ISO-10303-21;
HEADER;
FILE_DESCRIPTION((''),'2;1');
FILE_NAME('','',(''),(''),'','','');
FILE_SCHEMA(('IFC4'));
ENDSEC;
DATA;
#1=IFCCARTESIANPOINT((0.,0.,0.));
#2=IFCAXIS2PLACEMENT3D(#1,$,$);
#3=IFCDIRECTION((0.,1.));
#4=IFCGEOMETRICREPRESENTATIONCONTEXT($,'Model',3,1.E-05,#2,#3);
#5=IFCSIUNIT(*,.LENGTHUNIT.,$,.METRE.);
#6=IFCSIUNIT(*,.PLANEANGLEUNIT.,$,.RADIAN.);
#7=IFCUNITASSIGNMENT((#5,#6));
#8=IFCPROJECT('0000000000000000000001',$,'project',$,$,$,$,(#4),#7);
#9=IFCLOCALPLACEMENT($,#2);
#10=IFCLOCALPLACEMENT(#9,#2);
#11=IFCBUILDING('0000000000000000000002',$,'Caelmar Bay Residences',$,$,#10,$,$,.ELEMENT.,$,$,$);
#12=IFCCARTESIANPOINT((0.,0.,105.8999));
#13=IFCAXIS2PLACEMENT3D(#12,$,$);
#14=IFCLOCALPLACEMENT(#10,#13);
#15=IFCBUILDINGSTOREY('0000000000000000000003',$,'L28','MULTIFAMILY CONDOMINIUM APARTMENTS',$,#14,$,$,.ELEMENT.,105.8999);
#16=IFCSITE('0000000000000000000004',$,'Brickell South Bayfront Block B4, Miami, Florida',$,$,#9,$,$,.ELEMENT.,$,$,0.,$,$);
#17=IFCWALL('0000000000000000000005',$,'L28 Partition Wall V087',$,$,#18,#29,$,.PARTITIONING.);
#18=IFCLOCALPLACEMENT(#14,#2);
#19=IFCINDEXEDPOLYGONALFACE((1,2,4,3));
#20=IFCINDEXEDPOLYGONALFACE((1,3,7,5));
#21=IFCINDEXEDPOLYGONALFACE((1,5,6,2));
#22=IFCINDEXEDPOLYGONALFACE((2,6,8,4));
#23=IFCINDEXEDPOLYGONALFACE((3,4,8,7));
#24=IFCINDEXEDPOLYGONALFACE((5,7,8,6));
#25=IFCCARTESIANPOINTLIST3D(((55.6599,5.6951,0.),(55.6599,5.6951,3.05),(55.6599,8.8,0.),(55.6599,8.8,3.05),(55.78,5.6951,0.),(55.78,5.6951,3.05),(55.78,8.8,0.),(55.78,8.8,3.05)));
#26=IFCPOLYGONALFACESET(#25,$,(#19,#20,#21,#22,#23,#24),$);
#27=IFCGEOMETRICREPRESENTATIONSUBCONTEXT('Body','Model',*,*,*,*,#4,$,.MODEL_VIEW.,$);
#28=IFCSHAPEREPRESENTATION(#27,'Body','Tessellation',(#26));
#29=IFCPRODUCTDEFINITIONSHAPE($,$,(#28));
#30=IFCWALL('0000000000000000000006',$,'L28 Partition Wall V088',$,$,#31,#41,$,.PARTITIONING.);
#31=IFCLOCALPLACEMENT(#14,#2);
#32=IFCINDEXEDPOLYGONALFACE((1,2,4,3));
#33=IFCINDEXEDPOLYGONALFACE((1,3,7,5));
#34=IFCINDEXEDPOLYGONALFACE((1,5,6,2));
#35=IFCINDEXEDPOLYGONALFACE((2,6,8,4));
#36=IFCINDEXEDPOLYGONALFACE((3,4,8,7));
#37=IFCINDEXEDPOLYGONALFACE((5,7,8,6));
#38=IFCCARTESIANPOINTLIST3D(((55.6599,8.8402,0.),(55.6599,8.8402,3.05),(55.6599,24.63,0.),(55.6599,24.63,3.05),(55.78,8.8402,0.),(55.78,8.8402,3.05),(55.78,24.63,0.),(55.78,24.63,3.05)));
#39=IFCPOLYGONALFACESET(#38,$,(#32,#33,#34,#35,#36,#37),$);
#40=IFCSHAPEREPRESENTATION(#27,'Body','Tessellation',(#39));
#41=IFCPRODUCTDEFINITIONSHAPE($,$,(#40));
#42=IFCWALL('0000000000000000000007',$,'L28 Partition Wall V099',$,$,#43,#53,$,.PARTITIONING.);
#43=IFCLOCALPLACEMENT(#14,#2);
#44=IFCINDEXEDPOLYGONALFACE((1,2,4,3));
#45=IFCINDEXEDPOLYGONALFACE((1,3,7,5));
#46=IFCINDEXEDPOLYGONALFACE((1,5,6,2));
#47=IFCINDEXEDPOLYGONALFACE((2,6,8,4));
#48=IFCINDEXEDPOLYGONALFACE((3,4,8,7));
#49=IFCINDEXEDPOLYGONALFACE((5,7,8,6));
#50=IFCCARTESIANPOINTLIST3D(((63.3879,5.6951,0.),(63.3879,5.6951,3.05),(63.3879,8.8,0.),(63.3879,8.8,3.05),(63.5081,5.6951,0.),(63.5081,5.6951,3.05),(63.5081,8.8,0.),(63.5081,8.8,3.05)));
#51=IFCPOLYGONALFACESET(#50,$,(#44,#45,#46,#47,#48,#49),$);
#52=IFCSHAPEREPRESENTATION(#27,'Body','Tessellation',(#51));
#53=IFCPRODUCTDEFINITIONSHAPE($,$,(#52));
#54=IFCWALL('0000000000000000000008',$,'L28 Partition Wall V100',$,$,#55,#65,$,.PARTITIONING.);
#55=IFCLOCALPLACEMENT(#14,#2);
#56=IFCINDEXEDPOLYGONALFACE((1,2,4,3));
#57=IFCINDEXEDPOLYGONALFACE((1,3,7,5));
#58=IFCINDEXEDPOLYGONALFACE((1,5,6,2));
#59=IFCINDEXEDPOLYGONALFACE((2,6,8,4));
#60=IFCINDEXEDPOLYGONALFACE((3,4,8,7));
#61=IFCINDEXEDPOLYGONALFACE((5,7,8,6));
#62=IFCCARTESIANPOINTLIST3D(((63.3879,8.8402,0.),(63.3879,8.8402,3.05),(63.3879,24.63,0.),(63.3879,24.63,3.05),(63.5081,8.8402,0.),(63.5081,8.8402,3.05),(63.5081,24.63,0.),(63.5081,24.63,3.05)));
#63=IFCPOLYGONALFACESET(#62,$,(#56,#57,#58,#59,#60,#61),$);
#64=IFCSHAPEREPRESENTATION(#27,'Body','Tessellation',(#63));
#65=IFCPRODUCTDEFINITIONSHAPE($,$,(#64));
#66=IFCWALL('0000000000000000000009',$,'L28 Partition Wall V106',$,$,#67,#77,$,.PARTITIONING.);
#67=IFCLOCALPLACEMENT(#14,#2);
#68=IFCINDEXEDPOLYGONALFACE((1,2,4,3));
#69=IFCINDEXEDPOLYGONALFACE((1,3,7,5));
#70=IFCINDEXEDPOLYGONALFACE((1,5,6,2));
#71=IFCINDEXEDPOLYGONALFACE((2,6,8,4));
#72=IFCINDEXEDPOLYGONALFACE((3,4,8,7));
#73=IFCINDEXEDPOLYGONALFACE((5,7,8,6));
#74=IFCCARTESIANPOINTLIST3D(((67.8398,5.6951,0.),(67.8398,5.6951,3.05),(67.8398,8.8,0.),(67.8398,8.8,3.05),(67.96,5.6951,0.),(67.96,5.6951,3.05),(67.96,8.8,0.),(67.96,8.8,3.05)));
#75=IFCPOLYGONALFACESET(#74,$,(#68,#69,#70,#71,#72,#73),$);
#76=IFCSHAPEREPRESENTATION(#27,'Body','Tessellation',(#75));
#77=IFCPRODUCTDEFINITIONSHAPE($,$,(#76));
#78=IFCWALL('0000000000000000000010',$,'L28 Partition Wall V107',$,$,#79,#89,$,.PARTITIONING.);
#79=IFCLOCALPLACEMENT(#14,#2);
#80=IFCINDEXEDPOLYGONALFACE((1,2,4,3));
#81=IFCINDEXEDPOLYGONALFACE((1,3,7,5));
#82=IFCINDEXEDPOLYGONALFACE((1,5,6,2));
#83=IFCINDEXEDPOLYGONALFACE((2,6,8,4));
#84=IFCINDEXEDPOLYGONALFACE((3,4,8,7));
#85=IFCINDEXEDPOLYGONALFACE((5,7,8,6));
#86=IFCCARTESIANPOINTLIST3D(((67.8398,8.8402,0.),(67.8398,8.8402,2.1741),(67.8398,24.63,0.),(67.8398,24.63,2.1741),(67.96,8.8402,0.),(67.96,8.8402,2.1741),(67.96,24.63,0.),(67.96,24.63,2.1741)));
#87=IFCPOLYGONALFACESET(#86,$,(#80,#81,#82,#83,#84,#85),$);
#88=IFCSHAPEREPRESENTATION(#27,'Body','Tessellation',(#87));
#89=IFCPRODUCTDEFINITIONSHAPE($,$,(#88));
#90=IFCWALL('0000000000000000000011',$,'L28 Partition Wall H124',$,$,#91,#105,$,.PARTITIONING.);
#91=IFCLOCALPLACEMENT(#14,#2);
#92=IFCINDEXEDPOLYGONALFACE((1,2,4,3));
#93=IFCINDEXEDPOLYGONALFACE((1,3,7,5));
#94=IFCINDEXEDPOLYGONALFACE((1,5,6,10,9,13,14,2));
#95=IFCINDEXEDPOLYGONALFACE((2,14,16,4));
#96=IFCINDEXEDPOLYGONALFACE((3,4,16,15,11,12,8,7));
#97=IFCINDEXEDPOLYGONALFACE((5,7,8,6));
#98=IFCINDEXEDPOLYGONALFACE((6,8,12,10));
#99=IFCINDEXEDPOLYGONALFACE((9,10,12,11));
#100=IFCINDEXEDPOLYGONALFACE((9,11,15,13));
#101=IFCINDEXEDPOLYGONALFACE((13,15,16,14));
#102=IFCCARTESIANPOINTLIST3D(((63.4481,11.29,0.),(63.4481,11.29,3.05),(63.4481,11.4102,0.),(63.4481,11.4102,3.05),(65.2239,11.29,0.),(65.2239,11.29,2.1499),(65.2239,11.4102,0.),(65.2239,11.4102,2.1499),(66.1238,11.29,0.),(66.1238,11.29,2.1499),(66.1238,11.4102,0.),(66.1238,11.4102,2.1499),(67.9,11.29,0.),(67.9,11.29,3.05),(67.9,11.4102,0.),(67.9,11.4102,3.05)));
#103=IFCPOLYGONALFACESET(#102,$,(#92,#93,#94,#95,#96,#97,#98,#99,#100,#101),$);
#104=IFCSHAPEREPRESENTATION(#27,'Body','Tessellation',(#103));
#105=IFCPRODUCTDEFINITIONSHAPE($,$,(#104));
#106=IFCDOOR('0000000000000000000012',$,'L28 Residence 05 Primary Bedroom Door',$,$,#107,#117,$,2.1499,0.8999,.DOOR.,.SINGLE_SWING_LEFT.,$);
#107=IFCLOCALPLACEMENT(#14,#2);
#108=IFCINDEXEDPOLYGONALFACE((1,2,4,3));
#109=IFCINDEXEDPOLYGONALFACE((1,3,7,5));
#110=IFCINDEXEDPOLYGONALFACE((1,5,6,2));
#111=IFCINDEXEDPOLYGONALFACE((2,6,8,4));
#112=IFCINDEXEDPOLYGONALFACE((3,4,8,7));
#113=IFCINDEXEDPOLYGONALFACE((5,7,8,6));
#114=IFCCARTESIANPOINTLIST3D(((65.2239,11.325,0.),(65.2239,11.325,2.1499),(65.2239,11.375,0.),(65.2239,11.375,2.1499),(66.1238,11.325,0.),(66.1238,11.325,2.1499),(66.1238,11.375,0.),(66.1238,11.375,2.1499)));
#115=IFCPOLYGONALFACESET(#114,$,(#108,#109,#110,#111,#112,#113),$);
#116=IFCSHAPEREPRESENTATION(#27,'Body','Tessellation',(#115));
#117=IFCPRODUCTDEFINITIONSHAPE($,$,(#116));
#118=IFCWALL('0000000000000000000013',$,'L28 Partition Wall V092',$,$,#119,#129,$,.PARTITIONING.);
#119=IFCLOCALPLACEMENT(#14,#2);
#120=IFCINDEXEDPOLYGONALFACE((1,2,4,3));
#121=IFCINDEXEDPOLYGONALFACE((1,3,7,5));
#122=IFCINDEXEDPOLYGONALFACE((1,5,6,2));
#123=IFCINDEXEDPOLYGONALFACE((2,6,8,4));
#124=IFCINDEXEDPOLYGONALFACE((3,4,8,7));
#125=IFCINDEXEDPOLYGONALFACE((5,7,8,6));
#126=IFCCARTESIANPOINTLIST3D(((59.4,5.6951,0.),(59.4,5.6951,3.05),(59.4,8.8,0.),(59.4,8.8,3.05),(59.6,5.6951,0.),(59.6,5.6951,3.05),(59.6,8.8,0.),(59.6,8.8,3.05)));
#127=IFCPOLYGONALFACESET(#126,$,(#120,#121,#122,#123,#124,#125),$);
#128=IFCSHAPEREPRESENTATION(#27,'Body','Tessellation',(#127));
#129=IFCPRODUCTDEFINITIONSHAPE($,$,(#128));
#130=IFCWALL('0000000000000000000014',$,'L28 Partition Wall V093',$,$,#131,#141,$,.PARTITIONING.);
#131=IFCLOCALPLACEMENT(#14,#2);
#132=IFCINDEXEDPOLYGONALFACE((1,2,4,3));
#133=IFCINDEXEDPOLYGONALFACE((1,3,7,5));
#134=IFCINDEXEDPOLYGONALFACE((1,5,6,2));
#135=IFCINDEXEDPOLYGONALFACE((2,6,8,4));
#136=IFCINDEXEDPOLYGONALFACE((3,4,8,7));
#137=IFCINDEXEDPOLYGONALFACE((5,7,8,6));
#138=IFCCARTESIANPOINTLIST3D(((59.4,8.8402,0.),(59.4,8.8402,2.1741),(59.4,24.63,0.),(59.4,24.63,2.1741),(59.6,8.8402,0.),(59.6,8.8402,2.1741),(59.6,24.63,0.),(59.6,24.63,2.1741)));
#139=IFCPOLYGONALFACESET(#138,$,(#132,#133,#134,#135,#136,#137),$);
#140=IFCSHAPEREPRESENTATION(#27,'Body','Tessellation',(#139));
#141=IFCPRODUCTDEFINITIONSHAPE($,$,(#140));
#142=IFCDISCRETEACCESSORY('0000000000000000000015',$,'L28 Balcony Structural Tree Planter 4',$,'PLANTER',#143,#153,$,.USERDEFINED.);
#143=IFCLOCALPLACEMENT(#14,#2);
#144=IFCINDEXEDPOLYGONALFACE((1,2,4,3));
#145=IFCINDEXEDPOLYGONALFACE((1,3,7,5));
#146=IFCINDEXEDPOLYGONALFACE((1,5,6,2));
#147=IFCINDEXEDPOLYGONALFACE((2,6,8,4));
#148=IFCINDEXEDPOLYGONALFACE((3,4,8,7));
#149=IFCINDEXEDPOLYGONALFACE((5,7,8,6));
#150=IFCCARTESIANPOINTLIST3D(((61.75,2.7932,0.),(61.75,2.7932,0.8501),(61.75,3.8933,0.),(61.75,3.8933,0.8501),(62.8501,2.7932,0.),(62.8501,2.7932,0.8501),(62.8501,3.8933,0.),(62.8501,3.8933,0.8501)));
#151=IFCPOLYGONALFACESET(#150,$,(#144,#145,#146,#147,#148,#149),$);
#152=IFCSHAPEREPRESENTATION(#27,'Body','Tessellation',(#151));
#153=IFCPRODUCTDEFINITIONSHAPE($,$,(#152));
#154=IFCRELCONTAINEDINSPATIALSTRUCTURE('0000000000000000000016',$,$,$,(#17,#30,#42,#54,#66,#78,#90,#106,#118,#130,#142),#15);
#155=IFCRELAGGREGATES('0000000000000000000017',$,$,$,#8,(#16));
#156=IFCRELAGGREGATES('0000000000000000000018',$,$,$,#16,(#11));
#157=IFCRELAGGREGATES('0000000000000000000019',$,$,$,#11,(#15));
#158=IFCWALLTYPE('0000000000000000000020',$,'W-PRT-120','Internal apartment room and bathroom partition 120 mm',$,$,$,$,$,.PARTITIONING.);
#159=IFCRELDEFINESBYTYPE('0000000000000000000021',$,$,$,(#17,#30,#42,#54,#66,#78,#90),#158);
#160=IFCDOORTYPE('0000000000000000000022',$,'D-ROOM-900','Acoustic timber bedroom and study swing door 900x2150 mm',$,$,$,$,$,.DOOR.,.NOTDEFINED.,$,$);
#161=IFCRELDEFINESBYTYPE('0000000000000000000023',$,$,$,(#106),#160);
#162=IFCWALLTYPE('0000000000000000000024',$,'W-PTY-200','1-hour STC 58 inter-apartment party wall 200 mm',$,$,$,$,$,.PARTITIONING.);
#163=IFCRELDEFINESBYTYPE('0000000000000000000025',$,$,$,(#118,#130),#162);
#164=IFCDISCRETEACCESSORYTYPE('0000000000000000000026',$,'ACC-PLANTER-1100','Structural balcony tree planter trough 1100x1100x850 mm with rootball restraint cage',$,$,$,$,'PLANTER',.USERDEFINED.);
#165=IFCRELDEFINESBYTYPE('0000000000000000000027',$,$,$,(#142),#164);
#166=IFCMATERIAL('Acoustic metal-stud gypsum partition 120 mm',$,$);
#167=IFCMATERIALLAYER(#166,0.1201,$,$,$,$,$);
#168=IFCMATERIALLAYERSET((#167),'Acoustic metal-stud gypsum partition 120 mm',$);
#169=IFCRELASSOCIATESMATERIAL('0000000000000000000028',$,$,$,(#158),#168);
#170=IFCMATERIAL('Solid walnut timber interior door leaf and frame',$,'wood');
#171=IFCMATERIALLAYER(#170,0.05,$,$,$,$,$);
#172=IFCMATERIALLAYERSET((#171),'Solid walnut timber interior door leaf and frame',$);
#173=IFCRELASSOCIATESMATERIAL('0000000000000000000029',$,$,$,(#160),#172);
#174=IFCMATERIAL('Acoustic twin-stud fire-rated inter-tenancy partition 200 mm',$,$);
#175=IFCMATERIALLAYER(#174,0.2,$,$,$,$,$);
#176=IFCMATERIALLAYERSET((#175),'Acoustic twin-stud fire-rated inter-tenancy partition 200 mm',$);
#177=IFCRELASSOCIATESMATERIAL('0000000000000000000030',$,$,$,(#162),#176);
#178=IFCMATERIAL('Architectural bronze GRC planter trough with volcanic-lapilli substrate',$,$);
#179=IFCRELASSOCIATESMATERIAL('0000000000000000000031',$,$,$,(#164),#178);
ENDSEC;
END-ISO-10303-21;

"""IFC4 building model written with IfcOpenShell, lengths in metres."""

from ifc_helpers import new_model, si_unit, direction, frame, frame_2d, origin, origin_2d, place, context, subcontext, project, spatial, rectangle, extrude, material, layer, layer_set, type_object, element, fill, save


model = new_model("IFC4")

# Units and contexts
model_context = context("Model", 3, precision=1e-05, world=origin(), true_north=direction((0.0, 1.0)))
body_context = subcontext(model_context, "Body", "Model", "MODEL_VIEW")
ifc_project = project(units=[si_unit("LENGTHUNIT", "METRE"), si_unit("PLANEANGLEUNIT", "RADIAN")], contexts=[model_context])

# Site, building, storey
site_placement = place(None, origin())
site = spatial("IfcSite", under=ifc_project, at=site_placement, Name="Brickell South Bayfront Block B4, Miami, Florida", CompositionType="ELEMENT", RefElevation=0.0)
building_placement = place(site_placement, origin())
building = spatial("IfcBuilding", under=site, at=building_placement, Name="Caelmar Bay Residences", CompositionType="ELEMENT")
storey_placement = place(building_placement, frame((0.0, 0.0, 105.8999)))
storey = spatial("IfcBuildingStorey", under=building, at=storey_placement, Name="L28", Description="MULTIFAMILY CONDOMINIUM APARTMENTS", CompositionType="ELEMENT", Elevation=105.8999)

# Walls
ifc_material_1 = material(Name="Acoustic metal-stud gypsum partition 120 mm")
ifc_layer_1 = layer(ifc_material_1, 0.1201)
ifc_layer_set_1 = layer_set([ifc_layer_1], Name="Acoustic metal-stud gypsum partition 120 mm")
wall_type_1 = type_object("IfcWallType", Name="W-PRT-120", Description="Internal apartment room and bathroom partition 120 mm", PredefinedType="PARTITIONING", material=ifc_layer_set_1)
wall_1_placement = place(storey_placement, frame((55.72, 5.6951, 0.0), z_axis=(0.0, 0.0, 1.0), x_axis=(0.0, 1.0, 0.0)))
element("IfcWall", 1, at=wall_1_placement, inside=storey, type_object=wall_type_1, Name="L28 Partition Wall V087", PredefinedType="PARTITIONING", context=body_context, shape_type="SweptSolid", body=[
    extrude(rectangle(XDim=3.105, YDim=0.1201, at=frame_2d((1.5525, 0.0))), origin(), (0.0, 0.0, 1.0), 3.05),
])
wall_2_placement = place(storey_placement, frame((55.72, 8.8401, 0.0), z_axis=(0.0, 0.0, 1.0), x_axis=(0.0, 1.0, 0.0)))
element("IfcWall", 2, at=wall_2_placement, inside=storey, type_object=wall_type_1, Name="L28 Partition Wall V088", PredefinedType="PARTITIONING", context=body_context, shape_type="SweptSolid", body=[
    extrude(rectangle(XDim=15.7898, YDim=0.1201, at=frame_2d((7.895, 0.0))), origin(), (0.0, 0.0, 1.0), 3.05),
])
wall_3_placement = place(storey_placement, frame((63.448, 5.6951, 0.0), z_axis=(0.0, 0.0, 1.0), x_axis=(0.0, 1.0, 0.0)))
element("IfcWall", 3, at=wall_3_placement, inside=storey, type_object=wall_type_1, Name="L28 Partition Wall V099", PredefinedType="PARTITIONING", context=body_context, shape_type="SweptSolid", body=[
    extrude(rectangle(XDim=3.105, YDim=0.1201, at=frame_2d((1.5525, 0.0))), origin(), (0.0, 0.0, 1.0), 3.05),
])
wall_4_placement = place(storey_placement, frame((63.448, 8.8401, 0.0), z_axis=(0.0, 0.0, 1.0), x_axis=(0.0, 1.0, 0.0)))
element("IfcWall", 4, at=wall_4_placement, inside=storey, type_object=wall_type_1, Name="L28 Partition Wall V100", PredefinedType="PARTITIONING", context=body_context, shape_type="SweptSolid", body=[
    extrude(rectangle(XDim=15.7898, YDim=0.1201, at=frame_2d((7.895, 0.0))), origin(), (0.0, 0.0, 1.0), 3.05),
])
wall_5_placement = place(storey_placement, frame((67.8999, 5.6951, 0.0), z_axis=(0.0, 0.0, 1.0), x_axis=(0.0, 1.0, 0.0)))
element("IfcWall", 5, at=wall_5_placement, inside=storey, type_object=wall_type_1, Name="L28 Partition Wall V106", PredefinedType="PARTITIONING", context=body_context, shape_type="SweptSolid", body=[
    extrude(rectangle(XDim=3.105, YDim=0.1201, at=frame_2d((1.5525, 0.0))), origin(), (0.0, 0.0, 1.0), 3.05),
])
wall_6_placement = place(storey_placement, frame((67.8999, 8.8401, 0.0), z_axis=(0.0, 0.0, 1.0), x_axis=(0.0, 1.0, 0.0)))
element("IfcWall", 6, at=wall_6_placement, inside=storey, type_object=wall_type_1, Name="L28 Partition Wall V107", PredefinedType="PARTITIONING", context=body_context, shape_type="SweptSolid", body=[
    extrude(rectangle(XDim=15.7898, YDim=0.1201, at=frame_2d((7.895, 0.0))), origin(), (0.0, 0.0, 1.0), 2.1741),
])

# Wall, opening, door
ifc_material_2 = material(Name="Solid walnut timber interior door leaf and frame", Category="wood")
ifc_layer_2 = layer(ifc_material_2, 0.05)
ifc_layer_set_2 = layer_set([ifc_layer_2], Name="Solid walnut timber interior door leaf and frame")
door_type = type_object("IfcDoorType", Name="D-ROOM-900", Description="Acoustic timber bedroom and study swing door 900x2150 mm", OperationType="NOTDEFINED", PredefinedType="DOOR", material=ifc_layer_set_2)
wall_7_placement = place(storey_placement, frame((63.448, 11.3501, 0.0), z_axis=(0.0, 0.0, 1.0), x_axis=(1.0, 0.0, 0.0)))
wall_7 = element("IfcWall", 7, at=wall_7_placement, inside=storey, type_object=wall_type_1, Name="L28 Partition Wall H124", PredefinedType="PARTITIONING", context=body_context, shape_type="SweptSolid", body=[
    extrude(rectangle(XDim=4.4519, YDim=0.1201, at=frame_2d((2.2261, 0.0))), origin(), (0.0, 0.0, 1.0), 3.05),
])
opening_1_placement = place(wall_7_placement, frame((1.7759, 0.0, 0.0)))
opening_1 = element("IfcOpeningElement", 8, at=opening_1_placement, cuts=wall_7, PredefinedType="OPENING", context=body_context, shape_type="SweptSolid", body=[
    extrude(rectangle(XDim=0.8999, YDim=2.1499, at=frame_2d((0.45, 1.075))), frame((0.0, 0.0701, 0.0), z_axis=(0.0, -1.0, 0.0), x_axis=(1.0, 0.0, 0.0)), (0.0, 0.0, 1.0), 0.1401),
])
door_1_placement = place(opening_1_placement, origin())
door_1 = element("IfcDoor", 9, at=door_1_placement, inside=storey, type_object=door_type, Name="L28 Residence 05 Primary Bedroom Door", OperationType="SINGLE_SWING_LEFT", OverallHeight=2.1499, OverallWidth=0.8999, PredefinedType="DOOR", context=body_context, shape_type="SweptSolid", body=[
    extrude(rectangle(XDim=0.8999, YDim=2.1499, at=frame_2d((0.45, 1.075))), frame((0.0, 0.0249, 0.0), z_axis=(0.0, -1.0, 0.0), x_axis=(1.0, 0.0, 0.0)), (0.0, 0.0, 1.0), 0.05),
])
fill(opening_1, door_1)

# Walls
ifc_material_3 = material(Name="Acoustic twin-stud fire-rated inter-tenancy partition 200 mm")
ifc_layer_3 = layer(ifc_material_3, 0.2)
ifc_layer_set_3 = layer_set([ifc_layer_3], Name="Acoustic twin-stud fire-rated inter-tenancy partition 200 mm")
wall_type_2 = type_object("IfcWallType", Name="W-PTY-200", Description="1-hour STC 58 inter-apartment party wall 200 mm", PredefinedType="PARTITIONING", material=ifc_layer_set_3)
wall_8_placement = place(storey_placement, frame((59.5, 5.6951, 0.0), z_axis=(0.0, 0.0, 1.0), x_axis=(0.0, 1.0, 0.0)))
element("IfcWall", 10, at=wall_8_placement, inside=storey, type_object=wall_type_2, Name="L28 Partition Wall V092", PredefinedType="PARTITIONING", context=body_context, shape_type="SweptSolid", body=[
    extrude(rectangle(XDim=3.105, YDim=0.2, at=frame_2d((1.5525, 0.0))), origin(), (0.0, 0.0, 1.0), 3.05),
])
wall_9_placement = place(storey_placement, frame((59.5, 8.8401, 0.0), z_axis=(0.0, 0.0, 1.0), x_axis=(0.0, 1.0, 0.0)))
element("IfcWall", 11, at=wall_9_placement, inside=storey, type_object=wall_type_2, Name="L28 Partition Wall V093", PredefinedType="PARTITIONING", context=body_context, shape_type="SweptSolid", body=[
    extrude(rectangle(XDim=15.7898, YDim=0.2, at=frame_2d((7.895, 0.0))), origin(), (0.0, 0.0, 1.0), 2.1741),
])

# Discrete accessory
ifc_material_4 = material(Name="Architectural bronze GRC planter trough with volcanic-lapilli substrate")
discrete_accessory_type = type_object("IfcDiscreteAccessoryType", Name="ACC-PLANTER-1100", Description="Structural balcony tree planter trough 1100x1100x850 mm with rootball restraint cage", ElementType="PLANTER", PredefinedType="USERDEFINED", material=ifc_material_4)
discrete_accessory_placement = place(storey_placement, frame((62.3, 3.3433, 0.0), z_axis=(0.0, 0.0, 1.0), x_axis=(1.0, 0.0, 0.0)))
element("IfcDiscreteAccessory", 12, at=discrete_accessory_placement, inside=storey, type_object=discrete_accessory_type, Name="L28 Balcony Structural Tree Planter 4", ObjectType="PLANTER", PredefinedType="USERDEFINED", context=body_context, shape_type="SweptSolid", body=[
    extrude(rectangle(XDim=1.1001, YDim=1.1001, at=origin_2d()), origin(), (0.0, 0.0, 1.0), 0.8501),
])

save(model, "model.ifc")
